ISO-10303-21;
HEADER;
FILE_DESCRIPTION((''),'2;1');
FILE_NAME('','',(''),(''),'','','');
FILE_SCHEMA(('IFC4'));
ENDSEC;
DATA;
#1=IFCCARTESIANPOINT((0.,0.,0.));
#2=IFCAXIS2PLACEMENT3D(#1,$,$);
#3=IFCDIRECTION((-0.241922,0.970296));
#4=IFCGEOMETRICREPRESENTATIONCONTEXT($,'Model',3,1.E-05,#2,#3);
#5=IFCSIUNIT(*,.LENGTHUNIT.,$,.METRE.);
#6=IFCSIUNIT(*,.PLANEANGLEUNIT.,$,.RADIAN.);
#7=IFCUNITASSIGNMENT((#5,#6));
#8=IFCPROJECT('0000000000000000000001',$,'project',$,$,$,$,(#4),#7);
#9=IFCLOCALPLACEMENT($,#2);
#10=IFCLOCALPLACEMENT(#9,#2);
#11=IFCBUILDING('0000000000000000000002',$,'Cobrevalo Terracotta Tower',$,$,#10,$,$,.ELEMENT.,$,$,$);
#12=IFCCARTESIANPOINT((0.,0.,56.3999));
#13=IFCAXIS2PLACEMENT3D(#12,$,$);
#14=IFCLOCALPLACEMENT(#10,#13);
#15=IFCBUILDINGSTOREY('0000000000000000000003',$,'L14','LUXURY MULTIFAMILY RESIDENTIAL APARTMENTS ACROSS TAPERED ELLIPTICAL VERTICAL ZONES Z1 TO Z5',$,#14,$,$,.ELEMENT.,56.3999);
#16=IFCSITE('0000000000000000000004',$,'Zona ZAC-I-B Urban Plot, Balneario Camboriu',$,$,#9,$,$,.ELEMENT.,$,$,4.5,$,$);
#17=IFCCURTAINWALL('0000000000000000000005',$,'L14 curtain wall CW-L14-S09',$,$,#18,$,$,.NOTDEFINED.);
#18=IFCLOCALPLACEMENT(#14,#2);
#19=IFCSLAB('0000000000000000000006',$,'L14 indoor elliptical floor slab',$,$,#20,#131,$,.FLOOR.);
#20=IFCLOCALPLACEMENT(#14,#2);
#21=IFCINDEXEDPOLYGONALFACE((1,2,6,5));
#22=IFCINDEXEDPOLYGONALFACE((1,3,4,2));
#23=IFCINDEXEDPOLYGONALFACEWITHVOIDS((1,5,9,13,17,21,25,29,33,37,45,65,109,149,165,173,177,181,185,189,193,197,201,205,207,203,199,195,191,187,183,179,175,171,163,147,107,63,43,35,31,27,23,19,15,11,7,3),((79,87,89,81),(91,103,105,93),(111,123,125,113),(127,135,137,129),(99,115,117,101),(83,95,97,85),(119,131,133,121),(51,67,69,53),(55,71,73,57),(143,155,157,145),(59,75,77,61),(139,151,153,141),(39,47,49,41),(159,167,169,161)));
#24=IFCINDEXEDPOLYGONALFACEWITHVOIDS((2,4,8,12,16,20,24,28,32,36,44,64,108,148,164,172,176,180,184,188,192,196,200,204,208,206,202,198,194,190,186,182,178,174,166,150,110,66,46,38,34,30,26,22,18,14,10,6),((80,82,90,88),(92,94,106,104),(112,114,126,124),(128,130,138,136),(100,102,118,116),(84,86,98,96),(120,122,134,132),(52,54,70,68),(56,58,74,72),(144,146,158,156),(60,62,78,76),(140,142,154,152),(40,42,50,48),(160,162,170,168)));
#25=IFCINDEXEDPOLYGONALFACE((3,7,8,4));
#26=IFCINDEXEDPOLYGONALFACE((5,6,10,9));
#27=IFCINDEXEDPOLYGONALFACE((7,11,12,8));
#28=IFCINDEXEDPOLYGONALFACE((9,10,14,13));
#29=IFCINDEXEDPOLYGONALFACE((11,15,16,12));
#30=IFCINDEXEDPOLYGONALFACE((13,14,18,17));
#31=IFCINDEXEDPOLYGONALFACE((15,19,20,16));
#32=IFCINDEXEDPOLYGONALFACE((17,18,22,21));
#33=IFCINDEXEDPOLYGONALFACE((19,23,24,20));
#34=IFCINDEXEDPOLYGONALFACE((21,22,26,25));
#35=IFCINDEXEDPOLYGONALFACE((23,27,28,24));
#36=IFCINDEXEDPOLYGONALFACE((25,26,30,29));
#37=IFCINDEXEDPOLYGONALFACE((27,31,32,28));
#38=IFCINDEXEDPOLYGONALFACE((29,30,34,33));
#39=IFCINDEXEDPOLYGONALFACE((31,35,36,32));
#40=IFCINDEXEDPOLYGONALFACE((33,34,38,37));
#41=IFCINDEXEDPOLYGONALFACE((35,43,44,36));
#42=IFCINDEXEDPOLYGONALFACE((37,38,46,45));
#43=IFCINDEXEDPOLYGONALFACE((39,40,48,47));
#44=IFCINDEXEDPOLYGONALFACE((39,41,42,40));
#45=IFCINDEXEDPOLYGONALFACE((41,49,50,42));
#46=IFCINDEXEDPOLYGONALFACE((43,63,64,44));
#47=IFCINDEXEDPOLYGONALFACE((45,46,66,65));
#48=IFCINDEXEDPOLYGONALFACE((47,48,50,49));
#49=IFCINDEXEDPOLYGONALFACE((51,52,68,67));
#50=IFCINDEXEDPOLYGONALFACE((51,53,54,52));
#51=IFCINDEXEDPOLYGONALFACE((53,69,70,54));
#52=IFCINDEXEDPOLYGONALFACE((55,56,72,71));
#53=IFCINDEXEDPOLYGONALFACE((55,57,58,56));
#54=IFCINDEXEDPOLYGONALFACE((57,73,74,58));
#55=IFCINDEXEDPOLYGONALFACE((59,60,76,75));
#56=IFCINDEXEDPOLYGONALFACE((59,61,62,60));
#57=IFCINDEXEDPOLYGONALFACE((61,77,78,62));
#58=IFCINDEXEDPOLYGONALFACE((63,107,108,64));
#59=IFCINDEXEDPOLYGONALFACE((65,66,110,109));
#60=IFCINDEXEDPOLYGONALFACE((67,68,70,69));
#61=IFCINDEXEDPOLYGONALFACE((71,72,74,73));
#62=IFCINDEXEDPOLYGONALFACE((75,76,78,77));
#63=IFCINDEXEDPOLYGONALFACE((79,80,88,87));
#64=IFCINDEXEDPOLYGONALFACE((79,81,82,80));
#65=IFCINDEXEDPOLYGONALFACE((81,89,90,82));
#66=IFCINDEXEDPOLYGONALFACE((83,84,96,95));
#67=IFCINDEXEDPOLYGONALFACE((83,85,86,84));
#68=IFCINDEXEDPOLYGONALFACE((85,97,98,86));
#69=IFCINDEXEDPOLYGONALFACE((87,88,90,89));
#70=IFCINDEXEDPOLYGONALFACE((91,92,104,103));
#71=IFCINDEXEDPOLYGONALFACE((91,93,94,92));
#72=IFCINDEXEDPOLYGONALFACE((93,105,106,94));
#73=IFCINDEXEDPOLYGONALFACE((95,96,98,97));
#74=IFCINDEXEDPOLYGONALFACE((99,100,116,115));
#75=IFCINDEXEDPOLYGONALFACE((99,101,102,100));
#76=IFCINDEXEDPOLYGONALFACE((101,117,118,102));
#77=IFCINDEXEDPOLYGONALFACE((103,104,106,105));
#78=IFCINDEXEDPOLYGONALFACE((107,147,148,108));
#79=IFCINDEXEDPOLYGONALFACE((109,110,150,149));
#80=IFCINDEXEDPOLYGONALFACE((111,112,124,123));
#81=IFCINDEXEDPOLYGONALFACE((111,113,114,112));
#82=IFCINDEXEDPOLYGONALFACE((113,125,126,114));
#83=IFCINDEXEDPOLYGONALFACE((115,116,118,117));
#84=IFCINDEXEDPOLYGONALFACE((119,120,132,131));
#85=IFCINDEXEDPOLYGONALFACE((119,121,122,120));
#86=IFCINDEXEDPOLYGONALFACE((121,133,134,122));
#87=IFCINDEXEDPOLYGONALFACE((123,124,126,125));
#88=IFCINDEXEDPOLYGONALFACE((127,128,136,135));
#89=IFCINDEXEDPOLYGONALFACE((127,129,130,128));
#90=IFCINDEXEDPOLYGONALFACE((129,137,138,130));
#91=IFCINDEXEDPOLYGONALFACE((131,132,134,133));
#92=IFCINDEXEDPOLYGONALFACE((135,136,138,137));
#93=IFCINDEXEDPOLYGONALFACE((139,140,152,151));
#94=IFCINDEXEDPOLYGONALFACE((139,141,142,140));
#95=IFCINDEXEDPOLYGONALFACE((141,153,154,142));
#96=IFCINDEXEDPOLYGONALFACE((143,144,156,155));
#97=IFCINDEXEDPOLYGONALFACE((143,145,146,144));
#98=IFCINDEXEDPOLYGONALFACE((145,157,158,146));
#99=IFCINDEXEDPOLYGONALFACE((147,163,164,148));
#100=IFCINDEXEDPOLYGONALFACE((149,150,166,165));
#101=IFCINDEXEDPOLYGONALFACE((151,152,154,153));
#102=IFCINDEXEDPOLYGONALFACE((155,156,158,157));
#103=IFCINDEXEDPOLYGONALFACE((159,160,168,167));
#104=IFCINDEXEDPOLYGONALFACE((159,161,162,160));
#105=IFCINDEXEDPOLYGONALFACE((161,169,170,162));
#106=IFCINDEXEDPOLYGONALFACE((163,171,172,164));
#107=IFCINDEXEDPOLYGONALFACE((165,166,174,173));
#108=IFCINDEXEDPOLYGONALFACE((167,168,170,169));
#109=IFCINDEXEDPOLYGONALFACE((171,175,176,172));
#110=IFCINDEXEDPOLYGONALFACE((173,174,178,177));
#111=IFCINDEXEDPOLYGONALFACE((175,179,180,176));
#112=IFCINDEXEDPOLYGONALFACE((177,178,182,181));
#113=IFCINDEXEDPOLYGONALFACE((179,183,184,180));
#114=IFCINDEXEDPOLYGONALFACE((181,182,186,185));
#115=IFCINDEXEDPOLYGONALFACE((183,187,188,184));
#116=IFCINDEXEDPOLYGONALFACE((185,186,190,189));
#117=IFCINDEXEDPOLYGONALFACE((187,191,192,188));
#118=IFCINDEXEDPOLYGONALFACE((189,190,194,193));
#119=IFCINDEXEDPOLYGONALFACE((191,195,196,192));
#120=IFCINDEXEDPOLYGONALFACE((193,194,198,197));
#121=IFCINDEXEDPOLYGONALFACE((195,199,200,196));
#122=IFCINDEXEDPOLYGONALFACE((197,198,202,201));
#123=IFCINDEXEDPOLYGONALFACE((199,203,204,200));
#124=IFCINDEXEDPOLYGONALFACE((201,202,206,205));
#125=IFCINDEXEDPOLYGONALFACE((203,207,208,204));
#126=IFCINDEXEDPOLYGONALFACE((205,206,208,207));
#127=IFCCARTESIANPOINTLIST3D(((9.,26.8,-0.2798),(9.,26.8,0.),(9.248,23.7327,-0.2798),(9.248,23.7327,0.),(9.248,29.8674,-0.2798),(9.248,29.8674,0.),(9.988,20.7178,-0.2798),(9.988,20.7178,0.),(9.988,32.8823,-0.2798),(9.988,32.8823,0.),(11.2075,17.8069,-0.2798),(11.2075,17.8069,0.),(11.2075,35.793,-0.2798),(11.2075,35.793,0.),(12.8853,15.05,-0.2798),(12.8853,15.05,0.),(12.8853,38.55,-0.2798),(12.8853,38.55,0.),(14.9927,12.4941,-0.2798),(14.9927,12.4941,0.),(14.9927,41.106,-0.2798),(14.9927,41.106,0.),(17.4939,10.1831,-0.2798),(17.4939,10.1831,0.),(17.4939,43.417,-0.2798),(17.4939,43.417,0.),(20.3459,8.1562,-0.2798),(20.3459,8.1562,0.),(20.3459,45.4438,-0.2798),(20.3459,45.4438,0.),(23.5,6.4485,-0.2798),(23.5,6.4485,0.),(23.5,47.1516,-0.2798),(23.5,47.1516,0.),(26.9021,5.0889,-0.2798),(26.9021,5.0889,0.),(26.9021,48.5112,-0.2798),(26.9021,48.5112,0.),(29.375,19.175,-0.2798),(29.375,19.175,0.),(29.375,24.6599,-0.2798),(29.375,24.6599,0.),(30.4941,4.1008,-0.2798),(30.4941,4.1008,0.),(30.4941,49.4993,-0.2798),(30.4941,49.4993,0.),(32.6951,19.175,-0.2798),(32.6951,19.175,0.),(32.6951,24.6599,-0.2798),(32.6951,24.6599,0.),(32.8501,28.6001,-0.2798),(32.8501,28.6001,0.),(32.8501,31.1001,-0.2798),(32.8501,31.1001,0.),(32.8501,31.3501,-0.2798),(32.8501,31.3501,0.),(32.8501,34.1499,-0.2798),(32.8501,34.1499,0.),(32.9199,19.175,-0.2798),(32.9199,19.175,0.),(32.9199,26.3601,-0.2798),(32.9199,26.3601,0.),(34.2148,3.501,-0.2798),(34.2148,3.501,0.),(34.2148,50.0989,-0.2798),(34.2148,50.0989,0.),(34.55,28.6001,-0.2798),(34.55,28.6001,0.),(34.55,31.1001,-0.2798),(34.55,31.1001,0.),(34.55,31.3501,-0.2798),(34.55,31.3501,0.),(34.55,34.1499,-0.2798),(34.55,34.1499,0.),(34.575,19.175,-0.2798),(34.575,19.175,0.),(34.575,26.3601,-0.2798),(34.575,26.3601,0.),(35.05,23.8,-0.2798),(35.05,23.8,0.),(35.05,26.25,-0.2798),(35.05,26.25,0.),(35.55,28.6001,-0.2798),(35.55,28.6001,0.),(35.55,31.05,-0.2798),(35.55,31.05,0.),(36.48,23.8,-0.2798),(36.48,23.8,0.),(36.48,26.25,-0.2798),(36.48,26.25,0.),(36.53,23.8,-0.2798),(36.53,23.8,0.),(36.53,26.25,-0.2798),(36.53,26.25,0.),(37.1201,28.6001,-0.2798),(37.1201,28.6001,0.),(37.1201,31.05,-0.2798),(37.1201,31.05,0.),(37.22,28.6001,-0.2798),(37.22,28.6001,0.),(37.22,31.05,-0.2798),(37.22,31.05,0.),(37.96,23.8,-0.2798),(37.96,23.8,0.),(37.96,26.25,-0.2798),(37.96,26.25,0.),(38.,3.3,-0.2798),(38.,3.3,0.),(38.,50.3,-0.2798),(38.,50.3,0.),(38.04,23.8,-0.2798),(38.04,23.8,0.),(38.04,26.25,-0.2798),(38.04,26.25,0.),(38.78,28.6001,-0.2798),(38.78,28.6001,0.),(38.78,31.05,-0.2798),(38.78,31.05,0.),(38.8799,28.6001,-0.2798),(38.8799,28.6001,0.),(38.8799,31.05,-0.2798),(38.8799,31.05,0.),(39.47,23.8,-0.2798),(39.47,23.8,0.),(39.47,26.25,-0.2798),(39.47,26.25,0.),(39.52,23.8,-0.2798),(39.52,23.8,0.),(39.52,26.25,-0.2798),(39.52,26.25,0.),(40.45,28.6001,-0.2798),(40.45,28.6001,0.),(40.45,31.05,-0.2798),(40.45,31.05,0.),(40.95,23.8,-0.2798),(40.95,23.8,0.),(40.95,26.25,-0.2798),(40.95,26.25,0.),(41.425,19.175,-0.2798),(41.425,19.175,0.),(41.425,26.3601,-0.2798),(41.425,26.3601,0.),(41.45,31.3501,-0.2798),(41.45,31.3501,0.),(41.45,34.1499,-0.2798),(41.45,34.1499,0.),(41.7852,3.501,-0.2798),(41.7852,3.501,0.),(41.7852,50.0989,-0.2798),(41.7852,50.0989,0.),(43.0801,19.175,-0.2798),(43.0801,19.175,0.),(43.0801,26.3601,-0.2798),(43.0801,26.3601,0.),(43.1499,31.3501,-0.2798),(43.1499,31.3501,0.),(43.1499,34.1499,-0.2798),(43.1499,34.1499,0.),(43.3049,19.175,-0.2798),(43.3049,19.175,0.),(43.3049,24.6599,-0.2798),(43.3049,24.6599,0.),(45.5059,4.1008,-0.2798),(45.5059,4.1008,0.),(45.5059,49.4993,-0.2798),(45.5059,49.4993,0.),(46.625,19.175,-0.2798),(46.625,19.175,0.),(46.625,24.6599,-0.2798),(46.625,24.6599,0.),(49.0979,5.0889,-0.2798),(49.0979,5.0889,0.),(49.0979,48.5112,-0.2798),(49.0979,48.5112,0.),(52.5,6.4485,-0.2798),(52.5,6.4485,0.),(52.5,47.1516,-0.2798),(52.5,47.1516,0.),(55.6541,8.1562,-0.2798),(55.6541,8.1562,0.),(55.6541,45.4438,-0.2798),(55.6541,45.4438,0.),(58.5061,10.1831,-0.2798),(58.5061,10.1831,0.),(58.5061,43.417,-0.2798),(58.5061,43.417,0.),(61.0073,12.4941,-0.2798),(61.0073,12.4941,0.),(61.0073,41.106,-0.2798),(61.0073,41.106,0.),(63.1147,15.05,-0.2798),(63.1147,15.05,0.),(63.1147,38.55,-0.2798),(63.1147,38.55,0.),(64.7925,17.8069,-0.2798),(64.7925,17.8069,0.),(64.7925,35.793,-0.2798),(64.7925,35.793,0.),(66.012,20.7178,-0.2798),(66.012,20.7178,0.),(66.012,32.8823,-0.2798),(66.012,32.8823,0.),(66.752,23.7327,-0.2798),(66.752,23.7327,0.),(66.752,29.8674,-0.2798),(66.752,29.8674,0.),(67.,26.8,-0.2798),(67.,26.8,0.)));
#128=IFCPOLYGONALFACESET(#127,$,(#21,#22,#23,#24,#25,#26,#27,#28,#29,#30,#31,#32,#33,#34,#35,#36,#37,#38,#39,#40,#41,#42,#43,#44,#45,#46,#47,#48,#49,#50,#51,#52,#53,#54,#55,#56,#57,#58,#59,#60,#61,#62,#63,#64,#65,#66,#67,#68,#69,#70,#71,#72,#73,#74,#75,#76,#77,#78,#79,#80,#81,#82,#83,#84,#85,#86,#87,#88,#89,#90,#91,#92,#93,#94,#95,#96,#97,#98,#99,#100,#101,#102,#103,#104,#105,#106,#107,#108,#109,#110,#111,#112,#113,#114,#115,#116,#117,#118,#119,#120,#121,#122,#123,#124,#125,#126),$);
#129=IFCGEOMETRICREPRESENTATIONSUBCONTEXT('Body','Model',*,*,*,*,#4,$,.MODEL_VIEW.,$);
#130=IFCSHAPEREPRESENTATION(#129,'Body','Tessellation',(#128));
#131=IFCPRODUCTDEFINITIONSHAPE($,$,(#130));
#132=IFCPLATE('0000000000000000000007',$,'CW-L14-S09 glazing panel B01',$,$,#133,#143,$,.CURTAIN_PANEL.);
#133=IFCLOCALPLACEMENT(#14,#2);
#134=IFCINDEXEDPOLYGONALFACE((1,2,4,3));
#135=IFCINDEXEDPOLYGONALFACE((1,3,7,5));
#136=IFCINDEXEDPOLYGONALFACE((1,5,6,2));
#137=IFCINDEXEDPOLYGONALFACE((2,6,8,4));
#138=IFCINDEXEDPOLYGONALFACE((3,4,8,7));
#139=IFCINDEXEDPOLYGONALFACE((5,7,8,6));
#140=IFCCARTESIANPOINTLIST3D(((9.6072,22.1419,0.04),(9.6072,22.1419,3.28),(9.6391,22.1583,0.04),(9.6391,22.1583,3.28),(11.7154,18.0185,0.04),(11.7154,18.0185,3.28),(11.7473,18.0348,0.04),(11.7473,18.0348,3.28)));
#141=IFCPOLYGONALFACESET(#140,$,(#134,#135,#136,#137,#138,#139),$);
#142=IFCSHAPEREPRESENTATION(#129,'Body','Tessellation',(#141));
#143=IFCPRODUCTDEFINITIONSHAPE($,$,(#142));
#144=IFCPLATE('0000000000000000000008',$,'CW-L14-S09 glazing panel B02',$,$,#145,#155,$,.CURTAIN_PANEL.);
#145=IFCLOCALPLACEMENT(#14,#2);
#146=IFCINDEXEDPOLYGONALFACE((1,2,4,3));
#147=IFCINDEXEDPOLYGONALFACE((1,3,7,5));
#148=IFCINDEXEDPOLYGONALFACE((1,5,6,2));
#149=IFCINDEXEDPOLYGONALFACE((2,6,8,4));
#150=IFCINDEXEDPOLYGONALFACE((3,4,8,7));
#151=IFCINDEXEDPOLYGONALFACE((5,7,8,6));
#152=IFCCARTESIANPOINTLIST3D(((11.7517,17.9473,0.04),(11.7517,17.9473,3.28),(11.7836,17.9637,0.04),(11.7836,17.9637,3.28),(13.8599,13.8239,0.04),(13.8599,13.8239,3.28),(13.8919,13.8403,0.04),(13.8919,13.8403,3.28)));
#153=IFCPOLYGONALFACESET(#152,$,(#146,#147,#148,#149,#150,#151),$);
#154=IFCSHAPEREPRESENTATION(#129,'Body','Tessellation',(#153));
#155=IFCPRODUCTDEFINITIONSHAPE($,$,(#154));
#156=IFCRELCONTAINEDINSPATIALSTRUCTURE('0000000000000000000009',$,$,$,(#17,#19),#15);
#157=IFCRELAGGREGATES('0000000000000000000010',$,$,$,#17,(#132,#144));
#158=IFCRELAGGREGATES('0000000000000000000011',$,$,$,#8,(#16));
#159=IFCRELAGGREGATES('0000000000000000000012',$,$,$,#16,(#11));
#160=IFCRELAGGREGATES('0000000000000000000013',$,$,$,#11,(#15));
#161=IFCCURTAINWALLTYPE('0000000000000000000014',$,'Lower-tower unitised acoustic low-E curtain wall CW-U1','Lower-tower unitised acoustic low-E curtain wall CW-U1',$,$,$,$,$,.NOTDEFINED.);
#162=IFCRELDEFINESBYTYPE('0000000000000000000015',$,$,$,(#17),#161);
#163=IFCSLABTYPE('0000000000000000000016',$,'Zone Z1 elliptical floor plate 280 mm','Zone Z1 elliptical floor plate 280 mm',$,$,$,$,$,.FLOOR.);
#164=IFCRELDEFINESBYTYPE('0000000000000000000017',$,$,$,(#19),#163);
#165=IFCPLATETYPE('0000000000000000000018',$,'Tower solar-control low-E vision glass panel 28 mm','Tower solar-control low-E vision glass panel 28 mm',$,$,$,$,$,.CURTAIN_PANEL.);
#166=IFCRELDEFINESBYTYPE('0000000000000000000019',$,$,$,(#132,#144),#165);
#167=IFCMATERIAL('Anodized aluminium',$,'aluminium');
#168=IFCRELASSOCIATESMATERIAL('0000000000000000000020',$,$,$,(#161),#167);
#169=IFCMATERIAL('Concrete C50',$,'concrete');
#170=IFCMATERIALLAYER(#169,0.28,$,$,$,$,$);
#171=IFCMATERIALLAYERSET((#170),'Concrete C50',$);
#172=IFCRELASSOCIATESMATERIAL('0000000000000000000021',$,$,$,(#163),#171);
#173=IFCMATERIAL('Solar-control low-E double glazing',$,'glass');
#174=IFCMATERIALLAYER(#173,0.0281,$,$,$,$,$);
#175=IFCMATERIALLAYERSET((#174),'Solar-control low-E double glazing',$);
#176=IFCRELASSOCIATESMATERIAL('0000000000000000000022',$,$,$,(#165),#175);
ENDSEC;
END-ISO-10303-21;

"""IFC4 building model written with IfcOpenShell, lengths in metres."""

from ifc_helpers import new_model, si_unit, direction, frame, origin, origin_2d, place, context, subcontext, project, spatial, polyline, rectangle, outline, extrude, source, transform, mapped, material, layer, layer_set, type_object, element, aggregate, save


model = new_model("IFC4")

# Units and contexts
model_context = context("Model", 3, precision=1e-05, world=origin(), true_north=direction((-0.241922, 0.970296)))
body_context = subcontext(model_context, "Body", "Model", "MODEL_VIEW")
ifc_project = project(units=[si_unit("LENGTHUNIT", "METRE"), si_unit("PLANEANGLEUNIT", "RADIAN")], contexts=[model_context])

# Site, building, storey
site_placement = place(None, origin())
site = spatial("IfcSite", under=ifc_project, at=site_placement, Name="Zona ZAC-I-B Urban Plot, Balneario Camboriu", CompositionType="ELEMENT", RefElevation=4.5)
building_placement = place(site_placement, origin())
building = spatial("IfcBuilding", under=site, at=building_placement, Name="Cobrevalo Terracotta Tower", CompositionType="ELEMENT")
storey_placement = place(building_placement, frame((0.0, 0.0, 56.3999)))
storey = spatial("IfcBuildingStorey", under=building, at=storey_placement, Name="L14", Description="LUXURY MULTIFAMILY RESIDENTIAL APARTMENTS ACROSS TAPERED ELLIPTICAL VERTICAL ZONES Z1 TO Z5", CompositionType="ELEMENT", Elevation=56.3999)

# Curtain wall
ifc_material_1 = material(Name="Anodized aluminium", Category="aluminium")
curtain_wall_type = type_object("IfcCurtainWallType", Name="Lower-tower unitised acoustic low-E curtain wall CW-U1", Description="Lower-tower unitised acoustic low-E curtain wall CW-U1", PredefinedType="NOTDEFINED", material=ifc_material_1)
curtain_wall_1_placement = place(storey_placement, origin())
curtain_wall_1 = element("IfcCurtainWall", 1, at=curtain_wall_1_placement, inside=storey, type_object=curtain_wall_type, Name="L14 curtain wall CW-L14-S09", PredefinedType="NOTDEFINED")

# Shared definitions
ifc_material_2 = material(Name="Concrete C50", Category="concrete")

# Slab
ifc_layer_1 = layer(ifc_material_2, 0.28)
ifc_layer_set_1 = layer_set([ifc_layer_1], Name="Concrete C50")
slab_type_1 = type_object("IfcSlabType", Name="Zone Z1 elliptical floor plate 280 mm", Description="Zone Z1 elliptical floor plate 280 mm", PredefinedType="FLOOR", material=ifc_layer_set_1)
slab_1_placement = place(storey_placement, frame((0.0, 0.0, -0.2798)))
element("IfcSlab", 2, at=slab_1_placement, inside=storey, type_object=slab_type_1, Name="L14 indoor elliptical floor slab", PredefinedType="FLOOR", context=body_context, shape_type="SweptSolid", body=[
    extrude(outline(polyline([(66.752, 23.7327), (66.012, 20.7178), (64.7925, 17.8069), (63.1147, 15.05), (61.0073, 12.4941), (58.5061, 10.1831), (55.6541, 8.1562), (52.5, 6.4485), (49.0979, 5.0889), (45.5059, 4.1008), (41.7852, 3.501), (38.0, 3.3), (34.2148, 3.501), (30.4941, 4.1008), (26.9021, 5.0889), (23.5, 6.4485), (20.3459, 8.1562), (17.4939, 10.1831), (14.9927, 12.4941), (12.8853, 15.05), (11.2075, 17.8069), (9.988, 20.7178), (9.248, 23.7327), (9.0, 26.8), (9.248, 29.8674), (9.988, 32.8823), (11.2075, 35.793), (12.8853, 38.55), (14.9927, 41.106), (17.4939, 43.417), (20.3459, 45.4438), (23.5, 47.1516), (26.9021, 48.5112), (30.4941, 49.4993), (34.2148, 50.0989), (38.0, 50.3), (41.7852, 50.0989), (45.5059, 49.4993), (49.0979, 48.5112), (52.5, 47.1516), (55.6541, 45.4438), (58.5061, 43.417), (61.0073, 41.106), (63.1147, 38.55), (64.7925, 35.793), (66.012, 32.8823), (66.752, 29.8674), (67.0, 26.8), (66.752, 23.7327)]), holes=[polyline([(32.6951, 19.175), (32.6951, 24.6599), (29.375, 24.6599), (29.375, 19.175), (32.6951, 19.175)]), polyline([(34.575, 19.175), (34.575, 26.3601), (32.9199, 26.3601), (32.9199, 19.175), (34.575, 19.175)]), polyline([(36.48, 23.8), (36.48, 26.25), (35.05, 26.25), (35.05, 23.8), (36.48, 23.8)]), polyline([(37.96, 23.8), (37.96, 26.25), (36.53, 26.25), (36.53, 23.8), (37.96, 23.8)]), polyline([(37.1201, 28.6001), (37.1201, 31.05), (35.55, 31.05), (35.55, 28.6001), (37.1201, 28.6001)]), polyline([(34.55, 28.6001), (34.55, 31.1001), (32.8501, 31.1001), (32.8501, 28.6001), (34.55, 28.6001)]), polyline([(34.55, 31.3501), (34.55, 34.1499), (32.8501, 34.1499), (32.8501, 31.3501), (34.55, 31.3501)]), polyline([(46.625, 19.175), (46.625, 24.6599), (43.3049, 24.6599), (43.3049, 19.175), (46.625, 19.175)]), polyline([(43.0801, 19.175), (43.0801, 26.3601), (41.425, 26.3601), (41.425, 19.175), (43.0801, 19.175)]), polyline([(39.47, 23.8), (39.47, 26.25), (38.04, 26.25), (38.04, 23.8), (39.47, 23.8)]), polyline([(40.95, 23.8), (40.95, 26.25), (39.52, 26.25), (39.52, 23.8), (40.95, 23.8)]), polyline([(38.78, 28.6001), (38.78, 31.05), (37.22, 31.05), (37.22, 28.6001), (38.78, 28.6001)]), polyline([(40.45, 28.6001), (40.45, 31.05), (38.8799, 31.05), (38.8799, 28.6001), (40.45, 28.6001)]), polyline([(43.1499, 31.3501), (43.1499, 34.1499), (41.45, 34.1499), (41.45, 31.3501), (43.1499, 31.3501)])]), origin(), (0.0, 0.0, 1.0), 0.2798),
])

# Plates
ifc_material_3 = material(Name="Solar-control low-E double glazing", Category="glass")
ifc_layer_2 = layer(ifc_material_3, 0.0281)
ifc_layer_set_2 = layer_set([ifc_layer_2], Name="Solar-control low-E double glazing")
plate_type = type_object("IfcPlateType", Name="Tower solar-control low-E vision glass panel 28 mm", Description="Tower solar-control low-E vision glass panel 28 mm", PredefinedType="CURTAIN_PANEL", material=ifc_layer_set_2)
shared_shape_1 = source(origin(), body_context, "Body", "SweptSolid", [
    extrude(rectangle(XDim=4.6311, YDim=0.0359, at=origin_2d()), origin(), (0.0, 0.0, 1.0), 3.24),
])
plate_1_placement = place(storey_placement, frame((10.6772, 20.0884, 0.04), z_axis=(0.0, 0.0, 1.0), x_axis=(0.455231, -0.890373, 0.0)))
plate_1 = element("IfcPlate", 3, at=plate_1_placement, type_object=plate_type, Name="CW-L14-S09 glazing panel B01", PredefinedType="CURTAIN_PANEL", context=body_context, shape_type="MappedRepresentation", body=[
    mapped(shared_shape_1, transform((0.0, 0.0, 0.0), scale=1.0)),
])
plate_2_placement = place(storey_placement, frame((12.8218, 15.8938, 0.04), z_axis=(0.0, 0.0, 1.0), x_axis=(0.455231, -0.890373, 0.0)))
plate_2 = element("IfcPlate", 4, at=plate_2_placement, type_object=plate_type, Name="CW-L14-S09 glazing panel B02", PredefinedType="CURTAIN_PANEL", context=body_context, shape_type="MappedRepresentation", body=[
    mapped(shared_shape_1, transform((0.0, 0.0, 0.0), scale=1.0)),
])
aggregate(curtain_wall_1, [plate_1, plate_2])

save(model, "model.ifc")
